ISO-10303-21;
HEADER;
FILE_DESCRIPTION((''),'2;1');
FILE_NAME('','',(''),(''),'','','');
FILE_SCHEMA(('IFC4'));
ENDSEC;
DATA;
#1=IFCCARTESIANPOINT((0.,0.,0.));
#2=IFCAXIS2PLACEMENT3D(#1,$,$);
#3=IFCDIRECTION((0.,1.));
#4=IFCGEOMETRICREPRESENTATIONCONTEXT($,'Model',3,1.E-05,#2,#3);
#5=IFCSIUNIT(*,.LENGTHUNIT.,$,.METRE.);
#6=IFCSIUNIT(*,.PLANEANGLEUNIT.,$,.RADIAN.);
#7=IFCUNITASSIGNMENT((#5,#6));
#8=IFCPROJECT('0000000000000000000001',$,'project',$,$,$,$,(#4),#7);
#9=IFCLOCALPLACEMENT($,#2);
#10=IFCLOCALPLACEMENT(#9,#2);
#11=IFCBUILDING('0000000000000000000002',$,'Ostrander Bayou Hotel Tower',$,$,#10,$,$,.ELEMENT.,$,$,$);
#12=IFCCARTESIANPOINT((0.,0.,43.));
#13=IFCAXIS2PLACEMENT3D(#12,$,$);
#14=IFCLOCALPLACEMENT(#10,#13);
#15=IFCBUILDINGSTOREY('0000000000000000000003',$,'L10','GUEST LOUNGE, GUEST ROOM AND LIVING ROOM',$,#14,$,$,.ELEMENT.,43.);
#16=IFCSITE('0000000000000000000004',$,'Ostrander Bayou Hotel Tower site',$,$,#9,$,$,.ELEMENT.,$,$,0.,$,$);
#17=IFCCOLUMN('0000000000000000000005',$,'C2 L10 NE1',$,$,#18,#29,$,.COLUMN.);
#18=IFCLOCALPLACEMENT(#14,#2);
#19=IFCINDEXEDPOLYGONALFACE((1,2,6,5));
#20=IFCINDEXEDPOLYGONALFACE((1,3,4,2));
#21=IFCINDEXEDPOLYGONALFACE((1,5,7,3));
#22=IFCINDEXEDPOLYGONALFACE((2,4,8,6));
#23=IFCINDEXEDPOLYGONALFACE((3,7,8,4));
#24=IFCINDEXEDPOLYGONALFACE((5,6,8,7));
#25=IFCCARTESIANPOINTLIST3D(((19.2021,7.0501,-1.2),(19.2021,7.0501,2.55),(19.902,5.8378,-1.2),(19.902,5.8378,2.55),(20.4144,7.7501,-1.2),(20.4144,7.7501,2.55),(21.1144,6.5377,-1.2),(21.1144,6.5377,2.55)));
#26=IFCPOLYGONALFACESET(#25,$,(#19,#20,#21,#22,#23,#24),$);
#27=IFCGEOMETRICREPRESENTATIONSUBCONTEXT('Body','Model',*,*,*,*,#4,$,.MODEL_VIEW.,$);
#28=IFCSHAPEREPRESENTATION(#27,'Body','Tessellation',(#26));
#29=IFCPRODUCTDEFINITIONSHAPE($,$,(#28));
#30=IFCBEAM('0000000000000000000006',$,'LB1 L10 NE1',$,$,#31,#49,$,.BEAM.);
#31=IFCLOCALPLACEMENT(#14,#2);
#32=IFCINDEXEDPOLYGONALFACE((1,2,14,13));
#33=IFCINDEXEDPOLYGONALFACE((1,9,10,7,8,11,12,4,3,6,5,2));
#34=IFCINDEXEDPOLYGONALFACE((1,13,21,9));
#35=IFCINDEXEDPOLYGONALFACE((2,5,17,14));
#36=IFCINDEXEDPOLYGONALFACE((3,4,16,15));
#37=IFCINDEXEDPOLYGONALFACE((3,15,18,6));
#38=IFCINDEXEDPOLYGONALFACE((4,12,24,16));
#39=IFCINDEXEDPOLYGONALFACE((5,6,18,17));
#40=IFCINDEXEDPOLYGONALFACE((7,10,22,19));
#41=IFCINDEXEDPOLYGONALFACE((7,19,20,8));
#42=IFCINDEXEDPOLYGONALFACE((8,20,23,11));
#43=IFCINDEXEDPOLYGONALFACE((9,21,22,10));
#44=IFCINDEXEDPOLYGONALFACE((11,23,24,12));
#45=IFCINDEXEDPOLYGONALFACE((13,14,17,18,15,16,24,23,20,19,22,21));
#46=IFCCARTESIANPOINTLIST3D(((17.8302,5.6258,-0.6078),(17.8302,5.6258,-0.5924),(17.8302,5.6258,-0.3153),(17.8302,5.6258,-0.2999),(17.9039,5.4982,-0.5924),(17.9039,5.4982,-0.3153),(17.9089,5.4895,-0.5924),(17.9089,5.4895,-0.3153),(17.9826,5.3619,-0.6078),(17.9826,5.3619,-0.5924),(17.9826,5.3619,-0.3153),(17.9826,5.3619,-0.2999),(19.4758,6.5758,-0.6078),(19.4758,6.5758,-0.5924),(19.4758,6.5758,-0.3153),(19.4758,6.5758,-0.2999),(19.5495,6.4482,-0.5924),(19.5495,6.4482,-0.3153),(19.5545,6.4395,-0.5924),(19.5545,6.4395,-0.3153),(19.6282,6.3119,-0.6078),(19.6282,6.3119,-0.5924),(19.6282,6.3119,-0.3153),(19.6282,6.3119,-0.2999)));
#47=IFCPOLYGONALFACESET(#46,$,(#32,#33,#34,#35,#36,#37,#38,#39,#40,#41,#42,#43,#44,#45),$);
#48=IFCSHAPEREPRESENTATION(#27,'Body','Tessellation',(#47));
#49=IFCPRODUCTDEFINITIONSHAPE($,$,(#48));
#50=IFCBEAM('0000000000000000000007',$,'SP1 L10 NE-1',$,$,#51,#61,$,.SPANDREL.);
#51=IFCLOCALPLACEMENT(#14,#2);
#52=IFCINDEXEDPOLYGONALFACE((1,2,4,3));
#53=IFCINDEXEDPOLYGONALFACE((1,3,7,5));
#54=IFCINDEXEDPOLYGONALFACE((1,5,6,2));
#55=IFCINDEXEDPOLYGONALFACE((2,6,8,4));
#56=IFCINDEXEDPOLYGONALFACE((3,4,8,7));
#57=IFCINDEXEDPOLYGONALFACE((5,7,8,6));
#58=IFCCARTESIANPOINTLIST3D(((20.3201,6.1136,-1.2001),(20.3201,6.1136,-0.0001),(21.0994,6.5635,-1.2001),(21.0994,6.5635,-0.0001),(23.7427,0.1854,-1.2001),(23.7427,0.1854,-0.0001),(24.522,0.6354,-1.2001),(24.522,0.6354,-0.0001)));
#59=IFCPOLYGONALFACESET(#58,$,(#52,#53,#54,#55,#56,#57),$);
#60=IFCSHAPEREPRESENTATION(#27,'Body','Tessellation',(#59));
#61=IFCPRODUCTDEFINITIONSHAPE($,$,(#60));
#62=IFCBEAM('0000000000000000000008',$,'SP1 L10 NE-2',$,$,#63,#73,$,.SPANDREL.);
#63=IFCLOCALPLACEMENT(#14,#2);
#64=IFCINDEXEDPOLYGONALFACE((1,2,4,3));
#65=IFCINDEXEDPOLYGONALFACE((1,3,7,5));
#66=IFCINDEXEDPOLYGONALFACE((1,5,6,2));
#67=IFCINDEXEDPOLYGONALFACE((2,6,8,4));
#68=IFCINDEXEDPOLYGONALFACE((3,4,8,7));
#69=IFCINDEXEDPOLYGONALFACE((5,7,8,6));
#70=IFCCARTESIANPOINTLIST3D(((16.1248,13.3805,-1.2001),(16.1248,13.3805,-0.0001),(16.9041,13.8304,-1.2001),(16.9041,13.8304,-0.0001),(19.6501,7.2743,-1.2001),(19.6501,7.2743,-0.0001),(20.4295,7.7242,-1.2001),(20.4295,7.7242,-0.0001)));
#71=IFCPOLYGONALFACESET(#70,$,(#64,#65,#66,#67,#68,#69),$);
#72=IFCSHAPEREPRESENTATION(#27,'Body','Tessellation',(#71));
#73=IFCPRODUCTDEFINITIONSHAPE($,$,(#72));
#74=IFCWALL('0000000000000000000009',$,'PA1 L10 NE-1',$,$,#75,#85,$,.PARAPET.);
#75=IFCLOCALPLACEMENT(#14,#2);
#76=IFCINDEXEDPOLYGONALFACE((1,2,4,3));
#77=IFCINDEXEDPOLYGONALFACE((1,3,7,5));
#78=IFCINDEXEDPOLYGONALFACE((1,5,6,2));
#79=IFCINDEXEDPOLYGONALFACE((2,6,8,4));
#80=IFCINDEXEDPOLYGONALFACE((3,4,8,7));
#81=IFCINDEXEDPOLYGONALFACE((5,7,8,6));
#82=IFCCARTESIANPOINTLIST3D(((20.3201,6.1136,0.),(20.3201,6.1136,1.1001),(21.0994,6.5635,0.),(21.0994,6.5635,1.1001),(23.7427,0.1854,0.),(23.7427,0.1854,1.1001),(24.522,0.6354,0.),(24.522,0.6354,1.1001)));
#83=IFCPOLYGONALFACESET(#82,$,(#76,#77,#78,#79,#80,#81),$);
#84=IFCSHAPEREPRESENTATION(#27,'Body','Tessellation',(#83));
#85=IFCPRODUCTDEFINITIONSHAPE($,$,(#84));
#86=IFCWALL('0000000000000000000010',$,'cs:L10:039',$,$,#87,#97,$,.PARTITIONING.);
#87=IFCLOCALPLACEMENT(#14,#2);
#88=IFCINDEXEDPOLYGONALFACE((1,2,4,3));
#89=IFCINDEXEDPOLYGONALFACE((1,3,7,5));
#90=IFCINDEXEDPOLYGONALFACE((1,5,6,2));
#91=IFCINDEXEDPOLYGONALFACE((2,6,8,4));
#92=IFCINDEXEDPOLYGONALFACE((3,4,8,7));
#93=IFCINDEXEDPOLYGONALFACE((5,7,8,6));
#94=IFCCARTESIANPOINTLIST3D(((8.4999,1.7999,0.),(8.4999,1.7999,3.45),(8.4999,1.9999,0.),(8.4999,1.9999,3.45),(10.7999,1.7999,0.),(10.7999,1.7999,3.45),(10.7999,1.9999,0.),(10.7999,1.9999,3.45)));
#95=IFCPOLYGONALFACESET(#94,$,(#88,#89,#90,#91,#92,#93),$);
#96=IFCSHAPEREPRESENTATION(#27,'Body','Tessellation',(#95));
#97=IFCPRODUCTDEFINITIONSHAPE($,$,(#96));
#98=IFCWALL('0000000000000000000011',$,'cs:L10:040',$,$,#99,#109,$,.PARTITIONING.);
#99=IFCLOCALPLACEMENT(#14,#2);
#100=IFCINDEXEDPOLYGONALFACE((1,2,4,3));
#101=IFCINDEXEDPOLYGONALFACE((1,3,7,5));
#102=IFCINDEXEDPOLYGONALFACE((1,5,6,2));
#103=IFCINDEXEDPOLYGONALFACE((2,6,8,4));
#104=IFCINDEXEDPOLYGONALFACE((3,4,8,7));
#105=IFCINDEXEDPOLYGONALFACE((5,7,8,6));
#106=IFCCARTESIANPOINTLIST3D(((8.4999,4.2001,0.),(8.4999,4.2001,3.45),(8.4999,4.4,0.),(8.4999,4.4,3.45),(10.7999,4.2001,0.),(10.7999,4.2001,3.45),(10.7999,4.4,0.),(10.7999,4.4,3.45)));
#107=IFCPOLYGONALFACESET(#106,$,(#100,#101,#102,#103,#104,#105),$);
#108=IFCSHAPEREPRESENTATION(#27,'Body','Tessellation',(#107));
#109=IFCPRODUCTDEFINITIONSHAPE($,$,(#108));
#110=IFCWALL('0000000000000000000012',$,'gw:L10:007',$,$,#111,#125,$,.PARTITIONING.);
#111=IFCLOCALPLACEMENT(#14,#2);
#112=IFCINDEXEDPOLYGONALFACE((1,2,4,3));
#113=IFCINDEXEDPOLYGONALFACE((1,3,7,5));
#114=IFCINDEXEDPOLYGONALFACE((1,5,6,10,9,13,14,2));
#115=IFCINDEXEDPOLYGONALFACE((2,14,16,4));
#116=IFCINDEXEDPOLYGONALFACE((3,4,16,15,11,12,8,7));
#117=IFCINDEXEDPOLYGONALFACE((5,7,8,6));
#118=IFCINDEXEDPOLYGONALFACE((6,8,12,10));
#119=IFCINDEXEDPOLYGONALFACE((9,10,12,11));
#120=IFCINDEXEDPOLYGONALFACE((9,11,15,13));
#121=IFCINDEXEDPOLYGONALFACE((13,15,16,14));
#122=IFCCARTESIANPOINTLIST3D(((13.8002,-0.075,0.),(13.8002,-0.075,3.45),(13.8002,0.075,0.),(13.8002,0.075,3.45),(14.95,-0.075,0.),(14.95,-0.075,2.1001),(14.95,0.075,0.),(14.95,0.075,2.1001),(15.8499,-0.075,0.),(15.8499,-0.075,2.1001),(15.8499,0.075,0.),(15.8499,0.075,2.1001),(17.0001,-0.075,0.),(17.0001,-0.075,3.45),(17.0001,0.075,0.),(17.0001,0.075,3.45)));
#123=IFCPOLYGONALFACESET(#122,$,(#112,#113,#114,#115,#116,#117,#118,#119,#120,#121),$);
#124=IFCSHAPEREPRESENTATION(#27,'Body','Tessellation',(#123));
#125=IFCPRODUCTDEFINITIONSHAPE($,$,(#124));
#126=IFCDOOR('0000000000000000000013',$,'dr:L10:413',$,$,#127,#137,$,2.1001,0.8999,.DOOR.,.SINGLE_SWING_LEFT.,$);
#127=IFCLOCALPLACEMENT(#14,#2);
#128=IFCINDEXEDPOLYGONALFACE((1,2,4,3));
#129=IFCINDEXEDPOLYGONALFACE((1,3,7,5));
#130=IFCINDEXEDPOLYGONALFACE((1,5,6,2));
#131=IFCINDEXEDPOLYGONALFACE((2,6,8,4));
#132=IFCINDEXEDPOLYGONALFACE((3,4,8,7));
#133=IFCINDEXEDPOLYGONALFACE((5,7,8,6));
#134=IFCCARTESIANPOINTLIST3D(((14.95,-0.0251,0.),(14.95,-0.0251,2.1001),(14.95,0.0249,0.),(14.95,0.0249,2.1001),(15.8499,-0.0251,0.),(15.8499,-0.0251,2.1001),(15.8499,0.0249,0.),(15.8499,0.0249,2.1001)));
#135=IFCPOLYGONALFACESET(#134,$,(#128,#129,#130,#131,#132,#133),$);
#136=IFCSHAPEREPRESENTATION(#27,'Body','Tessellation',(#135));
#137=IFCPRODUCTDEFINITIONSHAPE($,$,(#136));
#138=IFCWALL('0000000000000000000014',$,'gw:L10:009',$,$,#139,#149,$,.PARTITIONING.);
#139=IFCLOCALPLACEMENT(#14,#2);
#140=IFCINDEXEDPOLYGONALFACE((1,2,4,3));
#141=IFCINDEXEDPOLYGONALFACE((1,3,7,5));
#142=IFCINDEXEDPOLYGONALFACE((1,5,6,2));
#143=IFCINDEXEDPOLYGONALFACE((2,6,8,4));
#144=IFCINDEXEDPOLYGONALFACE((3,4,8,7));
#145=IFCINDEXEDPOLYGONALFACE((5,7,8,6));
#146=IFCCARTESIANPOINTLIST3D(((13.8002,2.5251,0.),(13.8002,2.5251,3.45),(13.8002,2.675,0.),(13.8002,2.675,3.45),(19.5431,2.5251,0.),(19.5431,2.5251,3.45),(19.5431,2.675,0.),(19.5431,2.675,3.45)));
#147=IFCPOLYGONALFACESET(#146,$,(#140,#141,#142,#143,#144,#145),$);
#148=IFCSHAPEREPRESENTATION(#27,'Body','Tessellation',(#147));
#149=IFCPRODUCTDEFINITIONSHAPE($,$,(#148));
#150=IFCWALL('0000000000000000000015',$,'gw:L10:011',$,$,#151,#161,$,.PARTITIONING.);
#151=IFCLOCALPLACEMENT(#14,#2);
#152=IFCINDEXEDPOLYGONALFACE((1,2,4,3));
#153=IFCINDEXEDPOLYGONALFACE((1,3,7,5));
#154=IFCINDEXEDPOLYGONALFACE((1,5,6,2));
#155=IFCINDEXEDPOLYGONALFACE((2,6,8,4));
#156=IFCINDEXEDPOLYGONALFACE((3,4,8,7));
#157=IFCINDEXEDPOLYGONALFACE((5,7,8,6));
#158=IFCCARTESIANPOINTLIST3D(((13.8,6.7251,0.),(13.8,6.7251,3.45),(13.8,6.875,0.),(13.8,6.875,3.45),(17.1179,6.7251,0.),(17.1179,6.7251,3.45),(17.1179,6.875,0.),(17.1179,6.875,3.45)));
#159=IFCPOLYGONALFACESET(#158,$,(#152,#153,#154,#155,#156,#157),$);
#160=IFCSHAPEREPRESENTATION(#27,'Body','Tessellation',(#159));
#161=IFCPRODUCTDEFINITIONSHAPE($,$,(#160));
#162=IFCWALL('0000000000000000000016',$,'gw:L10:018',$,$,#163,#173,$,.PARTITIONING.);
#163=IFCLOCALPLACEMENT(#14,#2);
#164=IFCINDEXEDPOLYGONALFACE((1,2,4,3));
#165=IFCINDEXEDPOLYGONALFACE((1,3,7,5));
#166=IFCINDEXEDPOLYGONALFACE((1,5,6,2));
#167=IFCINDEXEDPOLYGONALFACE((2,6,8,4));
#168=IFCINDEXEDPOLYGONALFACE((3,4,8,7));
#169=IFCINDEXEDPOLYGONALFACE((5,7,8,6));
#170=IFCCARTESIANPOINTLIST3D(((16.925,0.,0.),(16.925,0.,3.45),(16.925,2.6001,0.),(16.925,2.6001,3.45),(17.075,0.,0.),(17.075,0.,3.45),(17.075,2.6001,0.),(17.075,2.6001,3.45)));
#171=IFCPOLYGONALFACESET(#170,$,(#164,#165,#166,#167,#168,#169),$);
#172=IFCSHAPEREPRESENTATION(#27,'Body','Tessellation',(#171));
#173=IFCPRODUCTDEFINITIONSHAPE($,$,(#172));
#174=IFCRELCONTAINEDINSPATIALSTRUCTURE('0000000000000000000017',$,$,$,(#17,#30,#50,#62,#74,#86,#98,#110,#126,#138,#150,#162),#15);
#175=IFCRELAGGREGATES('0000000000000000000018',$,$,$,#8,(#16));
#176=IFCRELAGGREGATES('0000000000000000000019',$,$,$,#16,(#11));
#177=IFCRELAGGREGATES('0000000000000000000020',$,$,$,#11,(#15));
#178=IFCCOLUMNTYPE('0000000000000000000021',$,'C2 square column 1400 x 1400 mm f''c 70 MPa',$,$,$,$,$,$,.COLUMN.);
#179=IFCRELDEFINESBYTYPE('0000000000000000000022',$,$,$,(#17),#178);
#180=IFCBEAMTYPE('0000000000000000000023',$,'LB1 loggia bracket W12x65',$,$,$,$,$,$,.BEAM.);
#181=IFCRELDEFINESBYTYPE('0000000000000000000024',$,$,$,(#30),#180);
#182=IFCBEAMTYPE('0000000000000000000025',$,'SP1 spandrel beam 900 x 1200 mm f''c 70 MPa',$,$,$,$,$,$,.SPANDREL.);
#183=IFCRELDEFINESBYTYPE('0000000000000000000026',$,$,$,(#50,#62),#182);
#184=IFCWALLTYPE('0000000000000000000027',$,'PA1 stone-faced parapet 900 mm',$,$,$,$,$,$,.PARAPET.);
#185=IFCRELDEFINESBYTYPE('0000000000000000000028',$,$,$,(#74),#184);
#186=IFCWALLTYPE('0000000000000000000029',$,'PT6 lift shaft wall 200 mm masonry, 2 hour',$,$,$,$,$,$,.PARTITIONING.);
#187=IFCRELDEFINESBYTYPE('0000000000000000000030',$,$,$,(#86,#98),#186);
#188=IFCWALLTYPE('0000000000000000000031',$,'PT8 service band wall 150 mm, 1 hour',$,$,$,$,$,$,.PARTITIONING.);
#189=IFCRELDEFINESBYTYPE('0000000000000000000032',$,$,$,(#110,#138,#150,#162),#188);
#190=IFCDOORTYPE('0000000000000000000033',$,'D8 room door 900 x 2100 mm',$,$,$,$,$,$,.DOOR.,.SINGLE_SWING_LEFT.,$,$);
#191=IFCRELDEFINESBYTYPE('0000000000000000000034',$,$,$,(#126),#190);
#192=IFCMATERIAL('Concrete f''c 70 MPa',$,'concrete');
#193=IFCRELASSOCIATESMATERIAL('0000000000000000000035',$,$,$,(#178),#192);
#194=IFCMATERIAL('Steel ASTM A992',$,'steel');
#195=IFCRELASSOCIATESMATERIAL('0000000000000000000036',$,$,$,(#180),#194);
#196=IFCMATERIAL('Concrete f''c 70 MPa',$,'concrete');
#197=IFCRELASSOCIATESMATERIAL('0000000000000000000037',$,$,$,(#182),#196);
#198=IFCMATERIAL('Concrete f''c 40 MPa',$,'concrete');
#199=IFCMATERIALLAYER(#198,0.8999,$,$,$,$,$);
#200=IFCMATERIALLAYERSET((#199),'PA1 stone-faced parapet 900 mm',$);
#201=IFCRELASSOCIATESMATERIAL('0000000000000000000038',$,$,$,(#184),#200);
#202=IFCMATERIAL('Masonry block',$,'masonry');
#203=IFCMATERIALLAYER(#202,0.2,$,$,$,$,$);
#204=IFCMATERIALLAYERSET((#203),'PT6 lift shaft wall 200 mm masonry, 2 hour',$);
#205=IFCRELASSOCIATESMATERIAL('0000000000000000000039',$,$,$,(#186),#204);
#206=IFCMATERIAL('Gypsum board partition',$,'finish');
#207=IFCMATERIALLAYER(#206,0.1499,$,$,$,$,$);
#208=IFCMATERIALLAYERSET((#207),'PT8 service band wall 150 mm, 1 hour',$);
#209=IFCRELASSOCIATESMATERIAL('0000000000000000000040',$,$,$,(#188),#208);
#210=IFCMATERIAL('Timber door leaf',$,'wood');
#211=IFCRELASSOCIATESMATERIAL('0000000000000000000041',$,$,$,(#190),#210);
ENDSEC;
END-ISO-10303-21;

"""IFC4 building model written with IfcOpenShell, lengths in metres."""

from ifc_helpers import new_model, si_unit, direction, frame, frame_2d, origin, origin_2d, place, context, subcontext, project, spatial, rectangle, i_section, extrude, material, layer, layer_set, material_profile, profile_set, type_object, element, fill, save


model = new_model("IFC4")

# Units and contexts
model_context = context("Model", 3, precision=1e-05, world=origin(), true_north=direction((0.0, 1.0)))
body_context = subcontext(model_context, "Body", "Model", "MODEL_VIEW")
ifc_project = project(units=[si_unit("LENGTHUNIT", "METRE"), si_unit("PLANEANGLEUNIT", "RADIAN")], contexts=[model_context])

# Site, building, storey
site_placement = place(None, origin())
site = spatial("IfcSite", under=ifc_project, at=site_placement, Name="Ostrander Bayou Hotel Tower site", CompositionType="ELEMENT", RefElevation=0.0)
building_placement = place(site_placement, origin())
building = spatial("IfcBuilding", under=site, at=building_placement, Name="Ostrander Bayou Hotel Tower", CompositionType="ELEMENT")
storey_placement = place(building_placement, frame((0.0, 0.0, 43.0)))
storey = spatial("IfcBuildingStorey", under=building, at=storey_placement, Name="L10", Description="GUEST LOUNGE, GUEST ROOM AND LIVING ROOM", CompositionType="ELEMENT", Elevation=43.0)

# Column
ifc_material_1 = material(Name="Concrete f'c 70 MPa", Category="concrete")
ifc_material_profile_1 = material_profile(ifc_material_1, rectangle(XDim=1.3999, YDim=1.3999, at=origin_2d()))
ifc_profile_set_1 = profile_set([ifc_material_profile_1], Name="Concrete f'c 70 MPa")
column_type = type_object("IfcColumnType", Name="C2 square column 1400 x 1400 mm f'c 70 MPa", PredefinedType="COLUMN", material=ifc_profile_set_1)
column_placement = place(storey_placement, frame((20.1582, 6.7939, -1.2), z_axis=(0.0, 0.0, 1.0), x_axis=(0.5, -0.866025, 0.0)))
element("IfcColumn", 1, at=column_placement, inside=storey, type_object=column_type, Name="C2 L10 NE1", PredefinedType="COLUMN", context=body_context, shape_type="SweptSolid", body=[
    extrude(rectangle(XDim=1.3999, YDim=1.3999, at=origin_2d()), origin(), (0.0, 0.0, 1.0), 3.75),
])

# Beams
ifc_material_2 = material(Name="Steel ASTM A992", Category="steel")
ifc_material_profile_2 = material_profile(ifc_material_2, i_section(OverallWidth=0.3047, OverallDepth=0.3079, WebThickness=0.01, FlangeThickness=0.0154, at=origin_2d()))
ifc_profile_set_2 = profile_set([ifc_material_profile_2], Name="Steel ASTM A992")
beam_type_1 = type_object("IfcBeamType", Name="LB1 loggia bracket W12x65", PredefinedType="BEAM", material=ifc_profile_set_2)
beam_1_placement = place(storey_placement, frame((19.552, 6.4438, -0.4539), z_axis=(-0.866044, -0.499967, 0.0), x_axis=(0.499967, -0.866044, 0.0)))
element("IfcBeam", 2, at=beam_1_placement, inside=storey, type_object=beam_type_1, Name="LB1 L10 NE1", PredefinedType="BEAM", context=body_context, shape_type="SweptSolid", body=[
    extrude(i_section(OverallWidth=0.3047, OverallDepth=0.3079, WebThickness=0.01, FlangeThickness=0.0154, at=origin_2d()), origin(), (0.0, 0.0, 1.0), 1.9001),
])
ifc_material_3 = material(Name="Concrete f'c 70 MPa", Category="concrete")
ifc_material_profile_3 = material_profile(ifc_material_3, rectangle(XDim=0.8999, YDim=1.2, at=origin_2d()))
ifc_profile_set_3 = profile_set([ifc_material_profile_3], Name="Concrete f'c 70 MPa")
beam_type_2 = type_object("IfcBeamType", Name="SP1 spandrel beam 900 x 1200 mm f'c 70 MPa", PredefinedType="SPANDREL", material=ifc_profile_set_3)
beam_2_placement = place(storey_placement, frame((24.1323, 0.4104, -0.6001), z_axis=(-0.499994, 0.866029, 0.0), x_axis=(-0.866029, -0.499994, 0.0)))
element("IfcBeam", 3, at=beam_2_placement, inside=storey, type_object=beam_type_2, Name="SP1 L10 NE-1", PredefinedType="SPANDREL", context=body_context, shape_type="SweptSolid", body=[
    extrude(rectangle(XDim=0.8999, YDim=1.2, at=origin_2d()), origin(), (0.0, 0.0, 1.0), 6.8452),
])
beam_3_placement = place(storey_placement, frame((20.0398, 7.4993, -0.6001), z_axis=(-0.499997, 0.866027, 0.0), x_axis=(-0.866027, -0.499997, 0.0)))
element("IfcBeam", 4, at=beam_3_placement, inside=storey, type_object=beam_type_2, Name="SP1 L10 NE-2", PredefinedType="SPANDREL", context=body_context, shape_type="SweptSolid", body=[
    extrude(rectangle(XDim=0.8999, YDim=1.2, at=origin_2d()), origin(), (0.0, 0.0, 1.0), 7.0508),
])

# Wall
ifc_material_4 = material(Name="Concrete f'c 40 MPa", Category="concrete")
ifc_layer_1 = layer(ifc_material_4, 0.8999)
ifc_layer_set_1 = layer_set([ifc_layer_1], Name="PA1 stone-faced parapet 900 mm")
wall_type_1 = type_object("IfcWallType", Name="PA1 stone-faced parapet 900 mm", PredefinedType="PARAPET", material=ifc_layer_set_1)
wall_1_placement = place(storey_placement, frame((24.1323, 0.4104, 0.0), z_axis=(0.0, 0.0, 1.0), x_axis=(-0.499994, 0.866029, 0.0)))
element("IfcWall", 5, at=wall_1_placement, inside=storey, type_object=wall_type_1, Name="PA1 L10 NE-1", PredefinedType="PARAPET", context=body_context, shape_type="SweptSolid", body=[
    extrude(rectangle(XDim=6.8452, YDim=0.8999, at=frame_2d((3.4226, 0.0))), origin(), (0.0, 0.0, 1.0), 1.1001),
])

# Walls
ifc_material_5 = material(Name="Masonry block", Category="masonry")
ifc_layer_2 = layer(ifc_material_5, 0.2)
ifc_layer_set_2 = layer_set([ifc_layer_2], Name="PT6 lift shaft wall 200 mm masonry, 2 hour")
wall_type_2 = type_object("IfcWallType", Name="PT6 lift shaft wall 200 mm masonry, 2 hour", PredefinedType="PARTITIONING", material=ifc_layer_set_2)
for number, where, z_axis, x_axis, name in (
    (6, (8.5, 1.8999, 0.0), (0.0, 0.0, 1.0), (1.0, 0.0, 0.0), "cs:L10:039"),
    (7, (8.5, 4.3, 0.0), (0.0, 0.0, 1.0), (1.0, 0.0, 0.0), "cs:L10:040"),
):
    element("IfcWall", number, at=place(storey_placement, frame(where, z_axis=z_axis, x_axis=x_axis)), inside=storey, type_object=wall_type_2, Name=name, PredefinedType="PARTITIONING", context=body_context, shape_type="SweptSolid", body=[
        extrude(rectangle(XDim=2.3, YDim=0.2, at=frame_2d((1.1499, 0.0))), origin(), (0.0, 0.0, 1.0), 3.45),
    ])

# Wall, opening, door
ifc_material_6 = material(Name="Gypsum board partition", Category="finish")
ifc_layer_3 = layer(ifc_material_6, 0.1499)
ifc_layer_set_3 = layer_set([ifc_layer_3], Name="PT8 service band wall 150 mm, 1 hour")
wall_type_3 = type_object("IfcWallType", Name="PT8 service band wall 150 mm, 1 hour", PredefinedType="PARTITIONING", material=ifc_layer_set_3)
wall_2_placement = place(storey_placement, frame((13.8, 0.0, 0.0), z_axis=(0.0, 0.0, 1.0), x_axis=(1.0, 0.0, 0.0)))
wall_2 = element("IfcWall", 8, at=wall_2_placement, inside=storey, type_object=wall_type_3, Name="gw:L10:007", PredefinedType="PARTITIONING", context=body_context, shape_type="SweptSolid", body=[
    extrude(rectangle(XDim=3.2, YDim=0.1499, at=frame_2d((1.6001, 0.0))), origin(), (0.0, 0.0, 1.0), 3.45),
])
opening_1_placement = place(wall_2_placement, frame((1.1499, 0.0, 0.0)))
opening_1 = element("IfcOpeningElement", 9, at=opening_1_placement, cuts=wall_2, PredefinedType="OPENING", context=body_context, shape_type="SweptSolid", body=[
    extrude(rectangle(XDim=0.8999, YDim=2.1001, at=frame_2d((0.45, 1.05))), frame((0.0, 0.075, 0.0), z_axis=(0.0, -1.0, 0.0), x_axis=(1.0, 0.0, 0.0)), (0.0, 0.0, 1.0), 0.1499),
])
ifc_material_7 = material(Name="Timber door leaf", Category="wood")
door_type_1 = type_object("IfcDoorType", Name="D8 room door 900 x 2100 mm", OperationType="SINGLE_SWING_LEFT", PredefinedType="DOOR", material=ifc_material_7)
door_1_placement = place(opening_1_placement, origin())
door_1 = element("IfcDoor", 10, at=door_1_placement, inside=storey, type_object=door_type_1, Name="dr:L10:413", OperationType="SINGLE_SWING_LEFT", OverallHeight=2.1001, OverallWidth=0.8999, PredefinedType="DOOR", context=body_context, shape_type="SweptSolid", body=[
    extrude(rectangle(XDim=0.8999, YDim=2.1001, at=frame_2d((0.45, 1.05))), frame((0.0, 0.0249, 0.0), z_axis=(0.0, -1.0, 0.0), x_axis=(1.0, 0.0, 0.0)), (0.0, 0.0, 1.0), 0.05),
])
fill(opening_1, door_1)

# Walls
wall_3_placement = place(storey_placement, frame((13.8, 2.6001, 0.0), z_axis=(0.0, 0.0, 1.0), x_axis=(1.0, 0.0, 0.0)))
element("IfcWall", 11, at=wall_3_placement, inside=storey, type_object=wall_type_3, Name="gw:L10:009", PredefinedType="PARTITIONING", context=body_context, shape_type="SweptSolid", body=[
    extrude(rectangle(XDim=5.7429, YDim=0.1499, at=frame_2d((2.8716, 0.0))), origin(), (0.0, 0.0, 1.0), 3.45),
])
wall_4_placement = place(storey_placement, frame((13.8, 6.8, 0.0), z_axis=(0.0, 0.0, 1.0), x_axis=(1.0, 0.0, 0.0)))
element("IfcWall", 12, at=wall_4_placement, inside=storey, type_object=wall_type_3, Name="gw:L10:011", PredefinedType="PARTITIONING", context=body_context, shape_type="SweptSolid", body=[
    extrude(rectangle(XDim=3.3179, YDim=0.1499, at=frame_2d((1.6589, 0.0))), origin(), (0.0, 0.0, 1.0), 3.45),
])
wall_5_placement = place(storey_placement, frame((17.0, 0.0, 0.0), z_axis=(0.0, 0.0, 1.0), x_axis=(0.0, 1.0, 0.0)))
element("IfcWall", 13, at=wall_5_placement, inside=storey, type_object=wall_type_3, Name="gw:L10:018", PredefinedType="PARTITIONING", context=body_context, shape_type="SweptSolid", body=[
    extrude(rectangle(XDim=2.6001, YDim=0.1499, at=frame_2d((1.3, 0.0))), origin(), (0.0, 0.0, 1.0), 3.45),
])

save(model, "model.ifc")
